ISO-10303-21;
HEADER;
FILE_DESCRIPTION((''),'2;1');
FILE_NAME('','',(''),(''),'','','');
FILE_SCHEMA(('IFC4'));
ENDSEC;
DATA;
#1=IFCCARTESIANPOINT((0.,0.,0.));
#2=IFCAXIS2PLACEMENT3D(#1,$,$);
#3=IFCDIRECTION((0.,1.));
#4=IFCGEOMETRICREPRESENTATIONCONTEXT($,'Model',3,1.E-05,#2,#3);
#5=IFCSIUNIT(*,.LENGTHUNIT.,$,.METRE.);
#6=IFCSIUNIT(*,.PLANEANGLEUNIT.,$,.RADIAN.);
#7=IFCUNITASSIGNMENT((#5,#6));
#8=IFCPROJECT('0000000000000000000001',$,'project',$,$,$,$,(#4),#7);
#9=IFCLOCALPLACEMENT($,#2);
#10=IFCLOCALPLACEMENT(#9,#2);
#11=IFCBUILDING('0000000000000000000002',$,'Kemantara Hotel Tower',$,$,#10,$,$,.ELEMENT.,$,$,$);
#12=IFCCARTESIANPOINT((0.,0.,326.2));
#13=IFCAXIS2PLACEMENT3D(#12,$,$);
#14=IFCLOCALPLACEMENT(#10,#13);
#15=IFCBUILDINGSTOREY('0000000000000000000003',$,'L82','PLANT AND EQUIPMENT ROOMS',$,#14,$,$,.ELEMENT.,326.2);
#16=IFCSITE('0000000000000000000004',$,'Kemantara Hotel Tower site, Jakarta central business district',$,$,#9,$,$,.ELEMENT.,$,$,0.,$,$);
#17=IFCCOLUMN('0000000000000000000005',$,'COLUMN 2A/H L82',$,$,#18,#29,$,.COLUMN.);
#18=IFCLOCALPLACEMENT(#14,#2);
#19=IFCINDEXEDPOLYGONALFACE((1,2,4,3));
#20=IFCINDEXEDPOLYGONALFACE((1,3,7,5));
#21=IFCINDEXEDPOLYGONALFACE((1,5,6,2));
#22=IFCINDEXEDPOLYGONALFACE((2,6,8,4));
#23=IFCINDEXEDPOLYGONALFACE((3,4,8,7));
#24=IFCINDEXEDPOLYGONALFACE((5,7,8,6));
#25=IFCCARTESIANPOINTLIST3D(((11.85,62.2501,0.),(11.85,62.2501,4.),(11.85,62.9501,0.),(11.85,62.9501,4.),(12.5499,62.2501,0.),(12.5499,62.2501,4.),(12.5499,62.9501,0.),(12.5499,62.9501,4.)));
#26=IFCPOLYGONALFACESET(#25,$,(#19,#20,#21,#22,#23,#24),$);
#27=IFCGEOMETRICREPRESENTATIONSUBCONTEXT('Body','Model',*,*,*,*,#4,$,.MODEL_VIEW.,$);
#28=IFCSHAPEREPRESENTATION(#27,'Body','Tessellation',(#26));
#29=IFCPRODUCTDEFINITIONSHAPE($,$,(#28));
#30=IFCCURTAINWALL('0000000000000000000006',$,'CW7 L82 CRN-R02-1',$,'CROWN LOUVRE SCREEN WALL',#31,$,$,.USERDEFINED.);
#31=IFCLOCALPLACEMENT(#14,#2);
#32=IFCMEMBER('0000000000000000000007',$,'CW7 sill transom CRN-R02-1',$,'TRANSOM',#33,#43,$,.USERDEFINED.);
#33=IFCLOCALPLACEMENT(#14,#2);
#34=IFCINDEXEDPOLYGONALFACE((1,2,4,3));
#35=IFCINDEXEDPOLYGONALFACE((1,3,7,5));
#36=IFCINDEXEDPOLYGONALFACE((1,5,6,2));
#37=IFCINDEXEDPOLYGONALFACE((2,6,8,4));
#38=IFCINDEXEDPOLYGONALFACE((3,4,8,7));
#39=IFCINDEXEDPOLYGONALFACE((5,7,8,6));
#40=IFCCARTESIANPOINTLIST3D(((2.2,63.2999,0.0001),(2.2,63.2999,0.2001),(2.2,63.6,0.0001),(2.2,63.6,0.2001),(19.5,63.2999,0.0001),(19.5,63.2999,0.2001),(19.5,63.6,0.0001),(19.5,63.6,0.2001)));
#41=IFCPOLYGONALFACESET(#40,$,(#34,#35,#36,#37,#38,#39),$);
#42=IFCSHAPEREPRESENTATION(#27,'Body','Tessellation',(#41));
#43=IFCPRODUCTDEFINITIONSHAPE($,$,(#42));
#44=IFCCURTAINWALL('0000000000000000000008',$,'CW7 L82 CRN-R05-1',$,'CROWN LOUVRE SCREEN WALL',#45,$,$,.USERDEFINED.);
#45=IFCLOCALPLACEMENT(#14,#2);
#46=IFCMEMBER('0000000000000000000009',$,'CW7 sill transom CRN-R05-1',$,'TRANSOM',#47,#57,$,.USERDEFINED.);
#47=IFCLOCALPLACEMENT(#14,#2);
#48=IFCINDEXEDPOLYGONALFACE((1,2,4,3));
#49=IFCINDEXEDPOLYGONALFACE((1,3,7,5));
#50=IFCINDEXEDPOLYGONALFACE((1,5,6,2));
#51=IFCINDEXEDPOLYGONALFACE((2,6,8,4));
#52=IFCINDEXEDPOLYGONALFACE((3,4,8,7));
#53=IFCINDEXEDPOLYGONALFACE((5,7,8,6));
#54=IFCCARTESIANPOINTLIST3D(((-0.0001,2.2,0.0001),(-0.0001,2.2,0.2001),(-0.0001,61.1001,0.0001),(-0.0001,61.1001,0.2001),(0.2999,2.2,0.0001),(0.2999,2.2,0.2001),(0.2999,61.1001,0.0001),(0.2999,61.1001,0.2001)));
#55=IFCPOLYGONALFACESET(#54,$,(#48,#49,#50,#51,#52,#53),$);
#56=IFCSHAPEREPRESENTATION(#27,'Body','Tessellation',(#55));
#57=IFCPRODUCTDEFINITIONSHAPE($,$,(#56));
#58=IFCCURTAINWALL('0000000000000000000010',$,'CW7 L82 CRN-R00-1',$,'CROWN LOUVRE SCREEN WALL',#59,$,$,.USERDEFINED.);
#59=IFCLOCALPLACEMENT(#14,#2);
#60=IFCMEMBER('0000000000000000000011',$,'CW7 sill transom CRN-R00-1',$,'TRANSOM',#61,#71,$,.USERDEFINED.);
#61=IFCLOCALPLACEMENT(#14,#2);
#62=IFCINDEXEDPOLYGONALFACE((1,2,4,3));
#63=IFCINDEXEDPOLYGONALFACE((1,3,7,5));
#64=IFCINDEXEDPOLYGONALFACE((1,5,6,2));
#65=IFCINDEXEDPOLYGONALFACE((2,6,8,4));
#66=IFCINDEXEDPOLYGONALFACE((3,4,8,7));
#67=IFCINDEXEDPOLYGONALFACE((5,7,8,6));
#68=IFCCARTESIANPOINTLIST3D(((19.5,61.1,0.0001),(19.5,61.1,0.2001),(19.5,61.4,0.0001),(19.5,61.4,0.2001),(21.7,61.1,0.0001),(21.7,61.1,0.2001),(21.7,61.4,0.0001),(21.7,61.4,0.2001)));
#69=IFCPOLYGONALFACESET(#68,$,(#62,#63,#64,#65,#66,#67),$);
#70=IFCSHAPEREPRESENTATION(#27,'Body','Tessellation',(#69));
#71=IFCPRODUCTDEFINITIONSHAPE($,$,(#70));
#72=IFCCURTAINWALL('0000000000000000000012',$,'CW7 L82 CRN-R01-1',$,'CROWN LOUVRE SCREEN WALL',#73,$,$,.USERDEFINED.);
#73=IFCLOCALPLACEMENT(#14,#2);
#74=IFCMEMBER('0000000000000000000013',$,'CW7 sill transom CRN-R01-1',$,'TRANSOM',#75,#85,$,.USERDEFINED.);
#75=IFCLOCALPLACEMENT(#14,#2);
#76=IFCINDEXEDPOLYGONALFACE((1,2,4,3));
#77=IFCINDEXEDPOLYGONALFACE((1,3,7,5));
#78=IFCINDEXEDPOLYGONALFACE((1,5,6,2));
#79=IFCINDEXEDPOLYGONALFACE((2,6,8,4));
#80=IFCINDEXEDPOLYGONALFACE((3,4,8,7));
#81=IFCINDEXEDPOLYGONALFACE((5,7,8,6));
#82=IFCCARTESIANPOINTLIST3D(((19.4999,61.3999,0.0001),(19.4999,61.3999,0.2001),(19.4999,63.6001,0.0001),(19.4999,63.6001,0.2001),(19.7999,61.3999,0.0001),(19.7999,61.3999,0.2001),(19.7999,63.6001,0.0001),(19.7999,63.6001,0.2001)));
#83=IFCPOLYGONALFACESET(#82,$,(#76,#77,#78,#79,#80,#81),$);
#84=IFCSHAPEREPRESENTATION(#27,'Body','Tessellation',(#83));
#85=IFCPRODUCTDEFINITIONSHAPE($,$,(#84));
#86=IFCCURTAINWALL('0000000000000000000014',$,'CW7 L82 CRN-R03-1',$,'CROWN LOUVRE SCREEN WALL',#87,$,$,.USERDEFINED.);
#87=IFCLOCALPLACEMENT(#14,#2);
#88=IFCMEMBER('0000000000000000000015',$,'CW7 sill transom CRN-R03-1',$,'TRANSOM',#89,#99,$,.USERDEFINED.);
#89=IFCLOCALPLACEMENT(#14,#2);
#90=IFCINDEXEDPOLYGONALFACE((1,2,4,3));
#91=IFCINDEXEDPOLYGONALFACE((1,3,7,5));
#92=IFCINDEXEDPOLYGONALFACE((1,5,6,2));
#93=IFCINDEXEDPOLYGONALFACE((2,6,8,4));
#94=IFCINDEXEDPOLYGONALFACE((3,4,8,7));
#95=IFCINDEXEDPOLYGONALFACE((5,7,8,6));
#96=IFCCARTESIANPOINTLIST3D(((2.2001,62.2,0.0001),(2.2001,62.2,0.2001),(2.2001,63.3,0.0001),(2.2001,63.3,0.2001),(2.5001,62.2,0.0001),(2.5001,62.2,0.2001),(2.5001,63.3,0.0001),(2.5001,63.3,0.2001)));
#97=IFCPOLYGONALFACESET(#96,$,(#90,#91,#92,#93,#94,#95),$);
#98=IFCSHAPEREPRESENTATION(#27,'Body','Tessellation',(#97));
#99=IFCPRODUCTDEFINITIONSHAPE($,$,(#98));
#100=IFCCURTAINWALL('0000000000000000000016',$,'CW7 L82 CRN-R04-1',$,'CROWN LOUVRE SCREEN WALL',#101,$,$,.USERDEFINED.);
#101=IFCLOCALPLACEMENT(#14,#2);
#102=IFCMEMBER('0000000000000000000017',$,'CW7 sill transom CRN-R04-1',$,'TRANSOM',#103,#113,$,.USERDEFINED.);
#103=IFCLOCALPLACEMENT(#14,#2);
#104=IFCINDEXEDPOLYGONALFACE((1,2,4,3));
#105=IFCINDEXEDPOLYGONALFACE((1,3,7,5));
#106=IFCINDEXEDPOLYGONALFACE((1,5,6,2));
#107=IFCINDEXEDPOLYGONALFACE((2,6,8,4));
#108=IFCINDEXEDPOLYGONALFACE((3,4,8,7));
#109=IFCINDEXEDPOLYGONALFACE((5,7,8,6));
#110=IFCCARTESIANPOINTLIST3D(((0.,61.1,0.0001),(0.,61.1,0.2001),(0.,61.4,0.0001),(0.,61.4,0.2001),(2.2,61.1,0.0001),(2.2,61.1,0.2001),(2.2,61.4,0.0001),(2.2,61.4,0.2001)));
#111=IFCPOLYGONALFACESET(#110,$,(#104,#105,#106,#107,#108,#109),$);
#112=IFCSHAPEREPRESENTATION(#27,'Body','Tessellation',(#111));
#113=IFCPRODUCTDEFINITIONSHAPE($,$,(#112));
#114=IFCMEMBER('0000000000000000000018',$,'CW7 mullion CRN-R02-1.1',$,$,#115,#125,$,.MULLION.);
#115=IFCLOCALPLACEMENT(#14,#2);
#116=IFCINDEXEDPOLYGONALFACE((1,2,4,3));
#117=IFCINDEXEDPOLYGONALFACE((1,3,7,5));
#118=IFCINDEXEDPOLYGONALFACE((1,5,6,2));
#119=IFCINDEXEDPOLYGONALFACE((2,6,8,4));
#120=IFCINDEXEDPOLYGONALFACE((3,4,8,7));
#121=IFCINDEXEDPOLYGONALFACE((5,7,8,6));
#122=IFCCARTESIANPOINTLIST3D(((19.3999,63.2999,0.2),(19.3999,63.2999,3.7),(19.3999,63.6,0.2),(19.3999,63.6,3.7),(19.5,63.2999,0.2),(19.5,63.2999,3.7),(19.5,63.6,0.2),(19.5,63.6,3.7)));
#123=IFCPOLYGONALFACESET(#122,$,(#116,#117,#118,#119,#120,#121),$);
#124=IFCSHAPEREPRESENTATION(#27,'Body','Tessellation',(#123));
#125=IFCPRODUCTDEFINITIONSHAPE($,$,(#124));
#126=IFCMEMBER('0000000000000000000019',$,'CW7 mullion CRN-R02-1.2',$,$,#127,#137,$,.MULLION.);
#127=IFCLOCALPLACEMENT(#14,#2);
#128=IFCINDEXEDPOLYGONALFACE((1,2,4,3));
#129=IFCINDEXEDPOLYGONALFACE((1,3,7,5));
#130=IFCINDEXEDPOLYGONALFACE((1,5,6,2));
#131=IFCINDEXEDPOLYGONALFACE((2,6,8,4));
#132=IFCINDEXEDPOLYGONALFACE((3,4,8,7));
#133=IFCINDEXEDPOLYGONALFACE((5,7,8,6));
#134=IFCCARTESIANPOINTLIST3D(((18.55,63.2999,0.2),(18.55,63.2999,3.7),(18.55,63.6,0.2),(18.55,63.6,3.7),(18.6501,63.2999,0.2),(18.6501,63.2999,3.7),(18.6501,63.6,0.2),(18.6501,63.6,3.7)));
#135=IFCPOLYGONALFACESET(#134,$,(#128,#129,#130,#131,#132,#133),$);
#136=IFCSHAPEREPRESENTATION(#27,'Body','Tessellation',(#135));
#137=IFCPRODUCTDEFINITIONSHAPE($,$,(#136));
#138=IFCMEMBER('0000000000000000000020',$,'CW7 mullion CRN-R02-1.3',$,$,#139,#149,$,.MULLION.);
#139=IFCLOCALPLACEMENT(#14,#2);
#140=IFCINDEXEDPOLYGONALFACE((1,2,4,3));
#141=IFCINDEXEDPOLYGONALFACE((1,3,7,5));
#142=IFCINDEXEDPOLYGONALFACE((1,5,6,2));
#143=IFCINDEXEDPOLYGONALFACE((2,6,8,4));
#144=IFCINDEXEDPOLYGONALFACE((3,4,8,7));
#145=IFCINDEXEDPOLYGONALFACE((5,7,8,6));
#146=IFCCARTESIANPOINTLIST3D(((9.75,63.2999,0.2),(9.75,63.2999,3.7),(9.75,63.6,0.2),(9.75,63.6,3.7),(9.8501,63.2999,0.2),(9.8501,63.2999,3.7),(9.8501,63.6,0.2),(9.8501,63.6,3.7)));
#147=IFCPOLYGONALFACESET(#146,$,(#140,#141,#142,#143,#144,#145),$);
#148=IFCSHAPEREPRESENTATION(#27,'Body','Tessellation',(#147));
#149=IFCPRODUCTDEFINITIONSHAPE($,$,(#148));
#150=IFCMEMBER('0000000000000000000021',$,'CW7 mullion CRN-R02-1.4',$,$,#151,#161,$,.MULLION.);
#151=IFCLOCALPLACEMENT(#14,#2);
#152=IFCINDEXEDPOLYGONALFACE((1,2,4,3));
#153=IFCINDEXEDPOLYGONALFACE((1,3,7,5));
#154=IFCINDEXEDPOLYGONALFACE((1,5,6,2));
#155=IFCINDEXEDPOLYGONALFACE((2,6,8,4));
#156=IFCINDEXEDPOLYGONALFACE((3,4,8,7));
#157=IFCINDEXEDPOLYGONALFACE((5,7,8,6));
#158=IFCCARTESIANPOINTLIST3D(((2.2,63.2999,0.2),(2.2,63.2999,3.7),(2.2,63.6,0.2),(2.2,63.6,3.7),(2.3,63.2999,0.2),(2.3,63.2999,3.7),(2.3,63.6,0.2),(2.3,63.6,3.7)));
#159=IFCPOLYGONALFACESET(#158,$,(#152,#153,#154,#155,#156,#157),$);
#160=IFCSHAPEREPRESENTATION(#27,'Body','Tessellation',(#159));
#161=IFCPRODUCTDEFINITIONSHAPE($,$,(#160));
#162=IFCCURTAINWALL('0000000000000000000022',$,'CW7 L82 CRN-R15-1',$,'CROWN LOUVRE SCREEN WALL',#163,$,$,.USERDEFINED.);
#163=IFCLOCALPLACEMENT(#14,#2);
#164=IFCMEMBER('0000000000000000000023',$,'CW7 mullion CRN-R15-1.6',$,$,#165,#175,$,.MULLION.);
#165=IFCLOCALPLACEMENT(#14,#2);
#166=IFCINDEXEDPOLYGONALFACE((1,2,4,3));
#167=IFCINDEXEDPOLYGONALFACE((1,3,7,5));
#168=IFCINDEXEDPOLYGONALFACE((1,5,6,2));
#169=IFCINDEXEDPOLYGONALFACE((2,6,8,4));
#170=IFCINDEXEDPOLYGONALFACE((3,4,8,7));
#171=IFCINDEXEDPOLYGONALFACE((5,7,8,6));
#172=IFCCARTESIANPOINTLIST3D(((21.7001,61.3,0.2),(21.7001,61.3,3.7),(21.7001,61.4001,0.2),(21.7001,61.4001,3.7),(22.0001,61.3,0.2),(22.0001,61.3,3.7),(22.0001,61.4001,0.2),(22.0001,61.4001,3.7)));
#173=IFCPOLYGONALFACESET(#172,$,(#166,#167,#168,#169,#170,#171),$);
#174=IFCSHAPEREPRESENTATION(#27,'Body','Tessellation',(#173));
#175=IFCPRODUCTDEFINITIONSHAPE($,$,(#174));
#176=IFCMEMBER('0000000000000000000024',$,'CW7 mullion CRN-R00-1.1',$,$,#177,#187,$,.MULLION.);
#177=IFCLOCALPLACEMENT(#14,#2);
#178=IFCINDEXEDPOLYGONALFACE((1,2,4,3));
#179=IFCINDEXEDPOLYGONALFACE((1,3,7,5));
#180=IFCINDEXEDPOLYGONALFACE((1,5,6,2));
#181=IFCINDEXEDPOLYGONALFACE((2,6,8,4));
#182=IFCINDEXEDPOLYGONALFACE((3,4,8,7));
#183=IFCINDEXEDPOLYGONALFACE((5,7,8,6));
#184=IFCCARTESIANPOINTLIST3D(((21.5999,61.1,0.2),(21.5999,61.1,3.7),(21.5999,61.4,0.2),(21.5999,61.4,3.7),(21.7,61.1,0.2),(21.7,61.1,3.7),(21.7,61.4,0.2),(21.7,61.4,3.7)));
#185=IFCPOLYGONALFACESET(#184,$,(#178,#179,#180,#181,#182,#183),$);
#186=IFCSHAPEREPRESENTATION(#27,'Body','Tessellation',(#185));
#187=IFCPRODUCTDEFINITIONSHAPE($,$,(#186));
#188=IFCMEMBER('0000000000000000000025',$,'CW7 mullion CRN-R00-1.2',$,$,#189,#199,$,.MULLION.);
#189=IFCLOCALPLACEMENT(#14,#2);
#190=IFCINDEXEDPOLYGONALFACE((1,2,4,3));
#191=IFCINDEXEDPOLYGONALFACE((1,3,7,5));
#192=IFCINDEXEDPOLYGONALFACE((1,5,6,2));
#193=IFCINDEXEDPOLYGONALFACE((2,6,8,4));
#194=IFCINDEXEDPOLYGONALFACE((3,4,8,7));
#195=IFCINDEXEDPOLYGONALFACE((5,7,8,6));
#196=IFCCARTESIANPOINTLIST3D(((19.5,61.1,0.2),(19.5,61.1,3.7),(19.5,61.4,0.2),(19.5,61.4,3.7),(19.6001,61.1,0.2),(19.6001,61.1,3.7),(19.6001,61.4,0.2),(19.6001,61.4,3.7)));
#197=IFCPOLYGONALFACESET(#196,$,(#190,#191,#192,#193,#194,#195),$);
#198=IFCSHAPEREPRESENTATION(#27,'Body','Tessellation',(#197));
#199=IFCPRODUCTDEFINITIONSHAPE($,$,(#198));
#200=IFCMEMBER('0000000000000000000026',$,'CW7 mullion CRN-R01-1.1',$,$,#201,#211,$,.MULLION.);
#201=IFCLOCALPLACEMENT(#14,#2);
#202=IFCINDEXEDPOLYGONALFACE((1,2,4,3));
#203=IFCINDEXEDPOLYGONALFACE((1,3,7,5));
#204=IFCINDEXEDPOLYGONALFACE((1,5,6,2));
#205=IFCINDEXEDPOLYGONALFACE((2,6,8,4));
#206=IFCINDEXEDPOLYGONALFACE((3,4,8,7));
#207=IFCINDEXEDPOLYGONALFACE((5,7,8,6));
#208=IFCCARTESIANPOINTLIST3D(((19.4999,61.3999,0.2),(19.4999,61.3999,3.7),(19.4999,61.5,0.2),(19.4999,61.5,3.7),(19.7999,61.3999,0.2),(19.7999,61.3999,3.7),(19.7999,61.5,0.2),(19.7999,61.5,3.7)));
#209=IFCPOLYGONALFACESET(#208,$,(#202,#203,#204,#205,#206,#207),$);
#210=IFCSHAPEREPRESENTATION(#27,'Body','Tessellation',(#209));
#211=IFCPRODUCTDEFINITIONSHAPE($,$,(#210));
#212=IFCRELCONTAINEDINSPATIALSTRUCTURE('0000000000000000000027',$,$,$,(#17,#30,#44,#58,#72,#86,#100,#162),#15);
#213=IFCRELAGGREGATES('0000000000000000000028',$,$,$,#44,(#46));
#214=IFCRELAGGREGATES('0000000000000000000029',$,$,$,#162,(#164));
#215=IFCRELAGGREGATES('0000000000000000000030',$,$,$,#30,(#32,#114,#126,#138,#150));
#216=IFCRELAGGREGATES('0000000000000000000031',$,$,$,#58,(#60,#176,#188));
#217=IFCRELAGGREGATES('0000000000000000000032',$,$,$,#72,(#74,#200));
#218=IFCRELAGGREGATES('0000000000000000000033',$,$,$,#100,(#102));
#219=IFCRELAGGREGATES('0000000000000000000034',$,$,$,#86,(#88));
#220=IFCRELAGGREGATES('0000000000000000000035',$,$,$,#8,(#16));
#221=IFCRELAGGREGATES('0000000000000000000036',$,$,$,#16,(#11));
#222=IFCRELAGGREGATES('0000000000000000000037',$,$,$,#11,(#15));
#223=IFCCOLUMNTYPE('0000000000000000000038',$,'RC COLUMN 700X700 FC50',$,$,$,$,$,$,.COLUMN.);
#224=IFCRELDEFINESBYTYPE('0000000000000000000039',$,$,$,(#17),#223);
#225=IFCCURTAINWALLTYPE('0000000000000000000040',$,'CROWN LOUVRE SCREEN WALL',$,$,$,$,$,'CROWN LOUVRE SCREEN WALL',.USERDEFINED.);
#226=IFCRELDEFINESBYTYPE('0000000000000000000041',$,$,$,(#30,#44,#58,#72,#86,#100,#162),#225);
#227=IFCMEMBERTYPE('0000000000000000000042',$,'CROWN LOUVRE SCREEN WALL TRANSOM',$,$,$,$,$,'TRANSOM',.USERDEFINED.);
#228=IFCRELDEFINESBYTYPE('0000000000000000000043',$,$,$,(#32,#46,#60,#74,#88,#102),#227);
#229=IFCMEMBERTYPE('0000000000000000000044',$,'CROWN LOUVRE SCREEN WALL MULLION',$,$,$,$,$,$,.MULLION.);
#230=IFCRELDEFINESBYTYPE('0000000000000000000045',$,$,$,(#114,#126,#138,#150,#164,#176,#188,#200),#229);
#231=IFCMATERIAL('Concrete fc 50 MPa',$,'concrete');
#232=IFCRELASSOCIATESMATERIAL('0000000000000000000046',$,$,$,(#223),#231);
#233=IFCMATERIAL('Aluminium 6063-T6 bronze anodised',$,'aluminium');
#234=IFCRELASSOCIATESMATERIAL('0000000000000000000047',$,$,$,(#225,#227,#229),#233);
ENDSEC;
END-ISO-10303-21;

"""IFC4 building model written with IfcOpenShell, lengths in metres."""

from ifc_helpers import new_model, si_unit, direction, frame, origin, origin_2d, place, context, subcontext, project, spatial, rectangle, extrude, source, transform, mapped, material, material_profile, profile_set, type_object, element, aggregate, save


model = new_model("IFC4")

# Units and contexts
model_context = context("Model", 3, precision=1e-05, world=origin(), true_north=direction((0.0, 1.0)))
body_context = subcontext(model_context, "Body", "Model", "MODEL_VIEW")
ifc_project = project(units=[si_unit("LENGTHUNIT", "METRE"), si_unit("PLANEANGLEUNIT", "RADIAN")], contexts=[model_context])

# Site, building, storey
site_placement = place(None, origin())
site = spatial("IfcSite", under=ifc_project, at=site_placement, Name="Kemantara Hotel Tower site, Jakarta central business district", CompositionType="ELEMENT", RefElevation=0.0)
building_placement = place(site_placement, origin())
building = spatial("IfcBuilding", under=site, at=building_placement, Name="Kemantara Hotel Tower", CompositionType="ELEMENT")
storey_placement = place(building_placement, frame((0.0, 0.0, 326.2)))
storey = spatial("IfcBuildingStorey", under=building, at=storey_placement, Name="L82", Description="PLANT AND EQUIPMENT ROOMS", CompositionType="ELEMENT", Elevation=326.2)

# Column
ifc_material_1 = material(Name="Concrete fc 50 MPa", Category="concrete")
ifc_material_profile_1 = material_profile(ifc_material_1, rectangle(XDim=0.7, YDim=0.7, at=origin_2d()), Name="RC 700X700")
ifc_profile_set_1 = profile_set([ifc_material_profile_1], Name="Concrete fc 50 MPa")
column_type = type_object("IfcColumnType", Name="RC COLUMN 700X700 FC50", PredefinedType="COLUMN", material=ifc_profile_set_1)
column_placement = place(storey_placement, frame((12.2, 62.6001, 0.0), z_axis=(0.0, 0.0, 1.0), x_axis=(1.0, 0.0, 0.0)))
element("IfcColumn", 1, at=column_placement, inside=storey, type_object=column_type, Name="COLUMN 2A/H L82", PredefinedType="COLUMN", context=body_context, shape_type="SweptSolid", body=[
    extrude(rectangle(XDim=0.7, YDim=0.7, at=origin_2d()), origin(), (0.0, 0.0, 1.0), 4.0),
])

# Curtain walls, members
ifc_material_2 = material(Name="Aluminium 6063-T6 bronze anodised", Category="aluminium")
curtain_wall_type = type_object("IfcCurtainWallType", Name="CROWN LOUVRE SCREEN WALL", ElementType="CROWN LOUVRE SCREEN WALL", PredefinedType="USERDEFINED", material=ifc_material_2)
curtain_wall_1_placement = place(storey_placement, origin())
curtain_wall_1 = element("IfcCurtainWall", 2, at=curtain_wall_1_placement, inside=storey, type_object=curtain_wall_type, Name="CW7 L82 CRN-R02-1", ObjectType="CROWN LOUVRE SCREEN WALL", PredefinedType="USERDEFINED")
ifc_material_profile_2 = material_profile(ifc_material_2, rectangle(XDim=0.3, YDim=0.2, at=origin_2d()), Name="CROWN LOUVRE SCREEN WALL TRANSOM")
ifc_profile_set_2 = profile_set([ifc_material_profile_2], Name="Aluminium 6063-T6 bronze anodised")
member_type_1 = type_object("IfcMemberType", Name="CROWN LOUVRE SCREEN WALL TRANSOM", ElementType="TRANSOM", PredefinedType="USERDEFINED", material=ifc_profile_set_2)
member_1_placement = place(storey_placement, frame((19.5, 63.45, 0.1001), z_axis=(-1.0, 0.0, 0.0), x_axis=(0.0, -1.0, 0.0)))
member_1 = element("IfcMember", 3, at=member_1_placement, type_object=member_type_1, Name="CW7 sill transom CRN-R02-1", ObjectType="TRANSOM", PredefinedType="USERDEFINED", context=body_context, shape_type="SweptSolid", body=[
    extrude(rectangle(XDim=0.3, YDim=0.2, at=origin_2d()), origin(), (0.0, 0.0, 1.0), 17.3),
])
curtain_wall_2_placement = place(storey_placement, origin())
curtain_wall_2 = element("IfcCurtainWall", 4, at=curtain_wall_2_placement, inside=storey, type_object=curtain_wall_type, Name="CW7 L82 CRN-R05-1", ObjectType="CROWN LOUVRE SCREEN WALL", PredefinedType="USERDEFINED")
member_2_placement = place(storey_placement, frame((0.1499, 61.1001, 0.1001), z_axis=(0.0, -1.0, 0.0), x_axis=(1.0, 0.0, 0.0)))
member_2 = element("IfcMember", 5, at=member_2_placement, type_object=member_type_1, Name="CW7 sill transom CRN-R05-1", ObjectType="TRANSOM", PredefinedType="USERDEFINED", context=body_context, shape_type="SweptSolid", body=[
    extrude(rectangle(XDim=0.3, YDim=0.2, at=origin_2d()), origin(), (0.0, 0.0, 1.0), 58.9001),
])
aggregate(curtain_wall_2, [member_2])
curtain_wall_3_placement = place(storey_placement, origin())
curtain_wall_3 = element("IfcCurtainWall", 6, at=curtain_wall_3_placement, inside=storey, type_object=curtain_wall_type, Name="CW7 L82 CRN-R00-1", ObjectType="CROWN LOUVRE SCREEN WALL", PredefinedType="USERDEFINED")
member_3_placement = place(storey_placement, frame((21.7, 61.25, 0.1001), z_axis=(-1.0, 0.0, 0.0), x_axis=(0.0, -1.0, 0.0)))
member_3 = element("IfcMember", 7, at=member_3_placement, type_object=member_type_1, Name="CW7 sill transom CRN-R00-1", ObjectType="TRANSOM", PredefinedType="USERDEFINED", context=body_context, shape_type="SweptSolid", body=[
    extrude(rectangle(XDim=0.3, YDim=0.2, at=origin_2d()), origin(), (0.0, 0.0, 1.0), 2.2),
])
curtain_wall_4_placement = place(storey_placement, origin())
curtain_wall_4 = element("IfcCurtainWall", 8, at=curtain_wall_4_placement, inside=storey, type_object=curtain_wall_type, Name="CW7 L82 CRN-R01-1", ObjectType="CROWN LOUVRE SCREEN WALL", PredefinedType="USERDEFINED")
member_4_placement = place(storey_placement, frame((19.6499, 61.3999, 0.1001), z_axis=(0.0, 1.0, 0.0), x_axis=(-1.0, 0.0, 0.0)))
member_4 = element("IfcMember", 9, at=member_4_placement, type_object=member_type_1, Name="CW7 sill transom CRN-R01-1", ObjectType="TRANSOM", PredefinedType="USERDEFINED", context=body_context, shape_type="SweptSolid", body=[
    extrude(rectangle(XDim=0.3, YDim=0.2, at=origin_2d()), origin(), (0.0, 0.0, 1.0), 2.2002),
])
curtain_wall_5_placement = place(storey_placement, origin())
curtain_wall_5 = element("IfcCurtainWall", 10, at=curtain_wall_5_placement, inside=storey, type_object=curtain_wall_type, Name="CW7 L82 CRN-R03-1", ObjectType="CROWN LOUVRE SCREEN WALL", PredefinedType="USERDEFINED")
member_5_placement = place(storey_placement, frame((2.3501, 63.3, 0.1001), z_axis=(0.0, -1.0, 0.0), x_axis=(1.0, 0.0, 0.0)))
member_5 = element("IfcMember", 11, at=member_5_placement, type_object=member_type_1, Name="CW7 sill transom CRN-R03-1", ObjectType="TRANSOM", PredefinedType="USERDEFINED", context=body_context, shape_type="SweptSolid", body=[
    extrude(rectangle(XDim=0.3, YDim=0.2, at=origin_2d()), origin(), (0.0, 0.0, 1.0), 1.1001),
])
curtain_wall_6_placement = place(storey_placement, origin())
curtain_wall_6 = element("IfcCurtainWall", 12, at=curtain_wall_6_placement, inside=storey, type_object=curtain_wall_type, Name="CW7 L82 CRN-R04-1", ObjectType="CROWN LOUVRE SCREEN WALL", PredefinedType="USERDEFINED")
member_6_placement = place(storey_placement, frame((2.2, 61.25, 0.1001), z_axis=(-1.0, 0.0, 0.0), x_axis=(0.0, -1.0, 0.0)))
member_6 = element("IfcMember", 13, at=member_6_placement, type_object=member_type_1, Name="CW7 sill transom CRN-R04-1", ObjectType="TRANSOM", PredefinedType="USERDEFINED", context=body_context, shape_type="SweptSolid", body=[
    extrude(rectangle(XDim=0.3, YDim=0.2, at=origin_2d()), origin(), (0.0, 0.0, 1.0), 2.2),
])

# Members
ifc_material_profile_3 = material_profile(ifc_material_2, rectangle(XDim=0.3, YDim=0.1001, at=origin_2d()), Name="CROWN LOUVRE SCREEN WALL MULLION")
ifc_profile_set_3 = profile_set([ifc_material_profile_3], Name="Aluminium 6063-T6 bronze anodised")
member_type_2 = type_object("IfcMemberType", Name="CROWN LOUVRE SCREEN WALL MULLION", PredefinedType="MULLION", material=ifc_profile_set_3)
shared_shape_1 = source(origin(), body_context, "Body", "SweptSolid", [
    extrude(rectangle(XDim=0.3, YDim=0.1001, at=origin_2d()), origin(), (0.0, 0.0, 1.0), 3.5),
])
member_7_placement = place(storey_placement, frame((19.45, 63.45, 0.2), z_axis=(0.0, 0.0, 1.0), x_axis=(0.0, -1.0, 0.0)))
member_7 = element("IfcMember", 14, at=member_7_placement, type_object=member_type_2, Name="CW7 mullion CRN-R02-1.1", PredefinedType="MULLION", context=body_context, shape_type="MappedRepresentation", body=[
    mapped(shared_shape_1, transform((0.0, 0.0, 0.0))),
])
member_8_placement = place(storey_placement, frame((18.6001, 63.45, 0.2), z_axis=(0.0, 0.0, 1.0), x_axis=(0.0, -1.0, 0.0)))
member_8 = element("IfcMember", 15, at=member_8_placement, type_object=member_type_2, Name="CW7 mullion CRN-R02-1.2", PredefinedType="MULLION", context=body_context, shape_type="MappedRepresentation", body=[
    mapped(shared_shape_1, transform((0.0, 0.0, 0.0))),
])
member_9_placement = place(storey_placement, frame((9.8, 63.45, 0.2), z_axis=(0.0, 0.0, 1.0), x_axis=(0.0, -1.0, 0.0)))
member_9 = element("IfcMember", 16, at=member_9_placement, type_object=member_type_2, Name="CW7 mullion CRN-R02-1.3", PredefinedType="MULLION", context=body_context, shape_type="MappedRepresentation", body=[
    mapped(shared_shape_1, transform((0.0, 0.0, 0.0))),
])
member_10_placement = place(storey_placement, frame((2.25, 63.45, 0.2), z_axis=(0.0, 0.0, 1.0), x_axis=(0.0, -1.0, 0.0)))
member_10 = element("IfcMember", 17, at=member_10_placement, type_object=member_type_2, Name="CW7 mullion CRN-R02-1.4", PredefinedType="MULLION", context=body_context, shape_type="MappedRepresentation", body=[
    mapped(shared_shape_1, transform((0.0, 0.0, 0.0))),
])

# Curtain wall, member
curtain_wall_7_placement = place(storey_placement, origin())
curtain_wall_7 = element("IfcCurtainWall", 18, at=curtain_wall_7_placement, inside=storey, type_object=curtain_wall_type, Name="CW7 L82 CRN-R15-1", ObjectType="CROWN LOUVRE SCREEN WALL", PredefinedType="USERDEFINED")
member_11_placement = place(storey_placement, frame((21.8501, 61.3501, 0.2), z_axis=(0.0, 0.0, 1.0), x_axis=(-1.0, 0.0, 0.0)))
member_11 = element("IfcMember", 19, at=member_11_placement, type_object=member_type_2, Name="CW7 mullion CRN-R15-1.6", PredefinedType="MULLION", context=body_context, shape_type="MappedRepresentation", body=[
    mapped(shared_shape_1, transform((0.0, 0.0, 0.0))),
])
aggregate(curtain_wall_7, [member_11])

# Members
member_12_placement = place(storey_placement, frame((21.6499, 61.25, 0.2), z_axis=(0.0, 0.0, 1.0), x_axis=(0.0, -1.0, 0.0)))
member_12 = element("IfcMember", 20, at=member_12_placement, type_object=member_type_2, Name="CW7 mullion CRN-R00-1.1", PredefinedType="MULLION", context=body_context, shape_type="MappedRepresentation", body=[
    mapped(shared_shape_1, transform((0.0, 0.0, 0.0))),
])
member_13_placement = place(storey_placement, frame((19.55, 61.25, 0.2), z_axis=(0.0, 0.0, 1.0), x_axis=(0.0, -1.0, 0.0)))
member_13 = element("IfcMember", 21, at=member_13_placement, type_object=member_type_2, Name="CW7 mullion CRN-R00-1.2", PredefinedType="MULLION", context=body_context, shape_type="MappedRepresentation", body=[
    mapped(shared_shape_1, transform((0.0, 0.0, 0.0))),
])
member_14_placement = place(storey_placement, frame((19.6499, 61.45, 0.2), z_axis=(0.0, 0.0, 1.0), x_axis=(-1.0, 0.0, 0.0)))
member_14 = element("IfcMember", 22, at=member_14_placement, type_object=member_type_2, Name="CW7 mullion CRN-R01-1.1", PredefinedType="MULLION", context=body_context, shape_type="MappedRepresentation", body=[
    mapped(shared_shape_1, transform((0.0, 0.0, 0.0))),
])

aggregate(curtain_wall_1, [member_1, member_7, member_8, member_9, member_10])
aggregate(curtain_wall_3, [member_3, member_12, member_13])
aggregate(curtain_wall_4, [member_4, member_14])
aggregate(curtain_wall_6, [member_6])
aggregate(curtain_wall_5, [member_5])

save(model, "model.ifc")
